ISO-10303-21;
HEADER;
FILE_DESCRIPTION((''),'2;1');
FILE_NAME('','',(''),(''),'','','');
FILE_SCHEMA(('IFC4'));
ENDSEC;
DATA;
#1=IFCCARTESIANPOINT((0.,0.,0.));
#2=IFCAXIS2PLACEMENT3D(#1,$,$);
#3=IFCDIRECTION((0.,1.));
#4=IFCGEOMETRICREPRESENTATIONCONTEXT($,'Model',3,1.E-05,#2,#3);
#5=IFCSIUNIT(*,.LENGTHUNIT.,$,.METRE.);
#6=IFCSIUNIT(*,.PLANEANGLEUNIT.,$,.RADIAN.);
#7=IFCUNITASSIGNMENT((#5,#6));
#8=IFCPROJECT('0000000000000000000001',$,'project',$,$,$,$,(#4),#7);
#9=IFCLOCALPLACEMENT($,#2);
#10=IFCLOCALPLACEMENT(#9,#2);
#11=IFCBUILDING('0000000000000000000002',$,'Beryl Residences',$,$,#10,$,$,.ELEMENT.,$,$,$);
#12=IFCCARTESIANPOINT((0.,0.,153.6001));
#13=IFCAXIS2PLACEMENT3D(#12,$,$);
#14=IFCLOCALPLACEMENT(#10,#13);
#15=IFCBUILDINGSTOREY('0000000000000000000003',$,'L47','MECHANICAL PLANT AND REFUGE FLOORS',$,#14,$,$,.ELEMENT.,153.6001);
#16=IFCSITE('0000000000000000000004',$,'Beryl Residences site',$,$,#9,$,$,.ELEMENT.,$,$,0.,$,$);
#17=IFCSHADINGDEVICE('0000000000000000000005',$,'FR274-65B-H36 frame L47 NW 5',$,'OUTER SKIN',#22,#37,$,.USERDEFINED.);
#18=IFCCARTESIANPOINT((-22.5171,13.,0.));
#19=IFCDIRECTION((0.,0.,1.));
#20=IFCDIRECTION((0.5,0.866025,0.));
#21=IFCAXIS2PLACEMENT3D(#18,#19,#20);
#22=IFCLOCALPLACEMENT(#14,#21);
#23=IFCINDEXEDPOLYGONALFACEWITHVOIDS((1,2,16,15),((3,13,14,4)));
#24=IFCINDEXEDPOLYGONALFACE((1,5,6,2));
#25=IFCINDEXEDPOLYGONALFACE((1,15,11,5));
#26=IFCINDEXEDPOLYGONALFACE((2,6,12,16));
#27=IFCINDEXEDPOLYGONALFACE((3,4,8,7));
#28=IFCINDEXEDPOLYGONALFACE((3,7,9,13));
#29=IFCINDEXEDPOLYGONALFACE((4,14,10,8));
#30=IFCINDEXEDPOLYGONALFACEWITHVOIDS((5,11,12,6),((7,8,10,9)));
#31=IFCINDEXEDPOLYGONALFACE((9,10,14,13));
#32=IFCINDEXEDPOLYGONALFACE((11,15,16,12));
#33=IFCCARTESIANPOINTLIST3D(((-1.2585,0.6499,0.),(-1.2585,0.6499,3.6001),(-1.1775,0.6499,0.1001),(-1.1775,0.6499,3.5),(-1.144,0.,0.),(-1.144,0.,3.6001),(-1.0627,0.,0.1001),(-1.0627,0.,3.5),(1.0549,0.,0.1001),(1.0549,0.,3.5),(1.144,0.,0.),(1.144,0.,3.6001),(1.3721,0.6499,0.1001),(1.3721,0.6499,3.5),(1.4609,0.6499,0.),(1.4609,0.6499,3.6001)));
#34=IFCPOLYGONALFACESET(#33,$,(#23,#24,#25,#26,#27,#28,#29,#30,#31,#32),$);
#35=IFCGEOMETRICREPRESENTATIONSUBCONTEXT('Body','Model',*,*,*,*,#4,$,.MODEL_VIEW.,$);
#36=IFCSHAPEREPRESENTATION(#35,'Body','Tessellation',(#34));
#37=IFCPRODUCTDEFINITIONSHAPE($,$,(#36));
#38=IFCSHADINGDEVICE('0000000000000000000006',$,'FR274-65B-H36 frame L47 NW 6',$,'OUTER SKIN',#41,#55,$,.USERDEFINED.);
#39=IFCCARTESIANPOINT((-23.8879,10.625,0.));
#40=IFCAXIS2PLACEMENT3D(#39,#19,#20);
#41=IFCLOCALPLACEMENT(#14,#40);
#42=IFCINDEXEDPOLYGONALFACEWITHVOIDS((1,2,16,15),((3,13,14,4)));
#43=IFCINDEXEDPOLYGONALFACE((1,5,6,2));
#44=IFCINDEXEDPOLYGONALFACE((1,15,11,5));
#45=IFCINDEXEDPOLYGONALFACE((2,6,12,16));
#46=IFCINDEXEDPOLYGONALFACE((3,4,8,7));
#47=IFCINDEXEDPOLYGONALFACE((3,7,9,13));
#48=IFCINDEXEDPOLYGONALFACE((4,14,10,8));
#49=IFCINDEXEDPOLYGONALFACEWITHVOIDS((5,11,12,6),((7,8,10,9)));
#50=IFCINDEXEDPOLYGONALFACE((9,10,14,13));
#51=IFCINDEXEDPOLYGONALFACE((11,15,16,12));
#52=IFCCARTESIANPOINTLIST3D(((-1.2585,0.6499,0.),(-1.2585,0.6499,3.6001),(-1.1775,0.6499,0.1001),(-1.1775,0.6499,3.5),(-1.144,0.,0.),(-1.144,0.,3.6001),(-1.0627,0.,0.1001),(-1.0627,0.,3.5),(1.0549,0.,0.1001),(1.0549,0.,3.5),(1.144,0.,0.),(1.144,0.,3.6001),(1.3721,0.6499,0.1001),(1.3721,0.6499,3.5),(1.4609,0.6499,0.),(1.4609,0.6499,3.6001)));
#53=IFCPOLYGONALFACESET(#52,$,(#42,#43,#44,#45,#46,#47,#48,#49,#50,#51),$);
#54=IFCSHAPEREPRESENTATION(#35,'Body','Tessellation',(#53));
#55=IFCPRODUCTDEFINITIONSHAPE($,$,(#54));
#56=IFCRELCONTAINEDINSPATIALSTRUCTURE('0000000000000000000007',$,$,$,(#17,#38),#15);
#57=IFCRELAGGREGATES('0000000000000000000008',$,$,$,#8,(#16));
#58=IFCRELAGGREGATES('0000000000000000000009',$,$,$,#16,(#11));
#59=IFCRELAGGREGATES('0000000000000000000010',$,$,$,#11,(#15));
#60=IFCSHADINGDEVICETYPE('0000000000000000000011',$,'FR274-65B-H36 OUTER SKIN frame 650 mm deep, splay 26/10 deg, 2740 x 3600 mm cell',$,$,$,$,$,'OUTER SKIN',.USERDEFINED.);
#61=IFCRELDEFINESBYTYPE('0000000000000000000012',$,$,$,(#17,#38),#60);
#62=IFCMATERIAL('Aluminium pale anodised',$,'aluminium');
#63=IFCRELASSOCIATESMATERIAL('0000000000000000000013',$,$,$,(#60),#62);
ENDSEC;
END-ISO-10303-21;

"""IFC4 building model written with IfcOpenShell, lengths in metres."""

from ifc_helpers import new_model, entity, si_unit, direction, frame, origin, place, context, subcontext, project, spatial, source, transform, mapped, material, type_object, type_shapes, element, save


model = new_model("IFC4")

# Units and contexts
model_context = context("Model", 3, precision=1e-05, world=origin(), true_north=direction((0.0, 1.0)))
body_context = subcontext(model_context, "Body", "Model", "MODEL_VIEW")
ifc_project = project(units=[si_unit("LENGTHUNIT", "METRE"), si_unit("PLANEANGLEUNIT", "RADIAN")], contexts=[model_context])

# Site, building, storey
site_placement = place(None, origin())
site = spatial("IfcSite", under=ifc_project, at=site_placement, Name="Beryl Residences site", CompositionType="ELEMENT", RefElevation=0.0)
building_placement = place(site_placement, origin())
building = spatial("IfcBuilding", under=site, at=building_placement, Name="Beryl Residences", CompositionType="ELEMENT")
storey_placement = place(building_placement, frame((0.0, 0.0, 153.6001)))
storey = spatial("IfcBuildingStorey", under=building, at=storey_placement, Name="L47", Description="MECHANICAL PLANT AND REFUGE FLOORS", CompositionType="ELEMENT", Elevation=153.6001)

# Shading devices
ifc_material_1 = material(Name="Aluminium pale anodised", Category="aluminium")
shading_device_type = type_object("IfcShadingDeviceType", Name="FR274-65B-H36 OUTER SKIN frame 650 mm deep, splay 26/10 deg, 2740 x 3600 mm cell", ElementType="OUTER SKIN", PredefinedType="USERDEFINED", material=ifc_material_1)
cartesian_point_1 = entity("IfcCartesianPoint", [-1.144, 0.0])
cartesian_point_2 = entity("IfcCartesianPoint", [-1.0549, 0.1001])
cartesian_point_3 = entity("IfcCartesianPoint", [-1.4609, 0.0])
cartesian_point_4 = entity("IfcCartesianPoint", [-1.3721, 0.1001])
shared_shape = source(origin(), body_context, "Body", "SweptSolid", [
    entity("IfcExtrudedAreaSolidTapered", entity("IfcArbitraryProfileDefWithVoids", "AREA", None, entity("IfcPolyline", [cartesian_point_1, entity("IfcCartesianPoint", [1.144, 0.0]), entity("IfcCartesianPoint", [1.144, 3.6001]), entity("IfcCartesianPoint", [-1.144, 3.6001]), cartesian_point_1]), [entity("IfcPolyline", [cartesian_point_2, entity("IfcCartesianPoint", [1.0627, 0.1001]), entity("IfcCartesianPoint", [1.0627, 3.5]), entity("IfcCartesianPoint", [-1.0549, 3.5]), cartesian_point_2])]), entity("IfcAxis2Placement3D", entity("IfcCartesianPoint", [0.0, 0.0, 0.0]), entity("IfcDirection", [0.0, 1.0, 0.0]), entity("IfcDirection", [-1.0, 0.0, 0.0])), entity("IfcDirection", [0.0, 0.0, 1.0]), 0.6499, entity("IfcArbitraryProfileDefWithVoids", "AREA", None, entity("IfcPolyline", [cartesian_point_3, entity("IfcCartesianPoint", [1.2585, 0.0]), entity("IfcCartesianPoint", [1.2585, 3.6001]), entity("IfcCartesianPoint", [-1.4609, 3.6001]), cartesian_point_3]), [entity("IfcPolyline", [cartesian_point_4, entity("IfcCartesianPoint", [1.1775, 0.1001]), entity("IfcCartesianPoint", [1.1775, 3.5]), entity("IfcCartesianPoint", [-1.3721, 3.5]), cartesian_point_4])])),
])
type_shapes(shading_device_type, [shared_shape])
for number, where, z_axis, x_axis, name in (
    (1, (-22.5171, 13.0, 0.0), (0.0, 0.0, 1.0), (0.5, 0.866025, 0.0), "FR274-65B-H36 frame L47 NW 5"),
    (2, (-23.8879, 10.625, 0.0), (0.0, 0.0, 1.0), (0.5, 0.866025, 0.0), "FR274-65B-H36 frame L47 NW 6"),
):
    element("IfcShadingDevice", number, at=place(storey_placement, frame(where, z_axis=z_axis, x_axis=x_axis)), inside=storey, type_object=shading_device_type, Name=name, ObjectType="OUTER SKIN", PredefinedType="USERDEFINED", context=body_context, shape_type="MappedRepresentation", body=[
        mapped(shared_shape, transform((0.0, 0.0, 0.0))),
    ])

save(model, "model.ifc")
